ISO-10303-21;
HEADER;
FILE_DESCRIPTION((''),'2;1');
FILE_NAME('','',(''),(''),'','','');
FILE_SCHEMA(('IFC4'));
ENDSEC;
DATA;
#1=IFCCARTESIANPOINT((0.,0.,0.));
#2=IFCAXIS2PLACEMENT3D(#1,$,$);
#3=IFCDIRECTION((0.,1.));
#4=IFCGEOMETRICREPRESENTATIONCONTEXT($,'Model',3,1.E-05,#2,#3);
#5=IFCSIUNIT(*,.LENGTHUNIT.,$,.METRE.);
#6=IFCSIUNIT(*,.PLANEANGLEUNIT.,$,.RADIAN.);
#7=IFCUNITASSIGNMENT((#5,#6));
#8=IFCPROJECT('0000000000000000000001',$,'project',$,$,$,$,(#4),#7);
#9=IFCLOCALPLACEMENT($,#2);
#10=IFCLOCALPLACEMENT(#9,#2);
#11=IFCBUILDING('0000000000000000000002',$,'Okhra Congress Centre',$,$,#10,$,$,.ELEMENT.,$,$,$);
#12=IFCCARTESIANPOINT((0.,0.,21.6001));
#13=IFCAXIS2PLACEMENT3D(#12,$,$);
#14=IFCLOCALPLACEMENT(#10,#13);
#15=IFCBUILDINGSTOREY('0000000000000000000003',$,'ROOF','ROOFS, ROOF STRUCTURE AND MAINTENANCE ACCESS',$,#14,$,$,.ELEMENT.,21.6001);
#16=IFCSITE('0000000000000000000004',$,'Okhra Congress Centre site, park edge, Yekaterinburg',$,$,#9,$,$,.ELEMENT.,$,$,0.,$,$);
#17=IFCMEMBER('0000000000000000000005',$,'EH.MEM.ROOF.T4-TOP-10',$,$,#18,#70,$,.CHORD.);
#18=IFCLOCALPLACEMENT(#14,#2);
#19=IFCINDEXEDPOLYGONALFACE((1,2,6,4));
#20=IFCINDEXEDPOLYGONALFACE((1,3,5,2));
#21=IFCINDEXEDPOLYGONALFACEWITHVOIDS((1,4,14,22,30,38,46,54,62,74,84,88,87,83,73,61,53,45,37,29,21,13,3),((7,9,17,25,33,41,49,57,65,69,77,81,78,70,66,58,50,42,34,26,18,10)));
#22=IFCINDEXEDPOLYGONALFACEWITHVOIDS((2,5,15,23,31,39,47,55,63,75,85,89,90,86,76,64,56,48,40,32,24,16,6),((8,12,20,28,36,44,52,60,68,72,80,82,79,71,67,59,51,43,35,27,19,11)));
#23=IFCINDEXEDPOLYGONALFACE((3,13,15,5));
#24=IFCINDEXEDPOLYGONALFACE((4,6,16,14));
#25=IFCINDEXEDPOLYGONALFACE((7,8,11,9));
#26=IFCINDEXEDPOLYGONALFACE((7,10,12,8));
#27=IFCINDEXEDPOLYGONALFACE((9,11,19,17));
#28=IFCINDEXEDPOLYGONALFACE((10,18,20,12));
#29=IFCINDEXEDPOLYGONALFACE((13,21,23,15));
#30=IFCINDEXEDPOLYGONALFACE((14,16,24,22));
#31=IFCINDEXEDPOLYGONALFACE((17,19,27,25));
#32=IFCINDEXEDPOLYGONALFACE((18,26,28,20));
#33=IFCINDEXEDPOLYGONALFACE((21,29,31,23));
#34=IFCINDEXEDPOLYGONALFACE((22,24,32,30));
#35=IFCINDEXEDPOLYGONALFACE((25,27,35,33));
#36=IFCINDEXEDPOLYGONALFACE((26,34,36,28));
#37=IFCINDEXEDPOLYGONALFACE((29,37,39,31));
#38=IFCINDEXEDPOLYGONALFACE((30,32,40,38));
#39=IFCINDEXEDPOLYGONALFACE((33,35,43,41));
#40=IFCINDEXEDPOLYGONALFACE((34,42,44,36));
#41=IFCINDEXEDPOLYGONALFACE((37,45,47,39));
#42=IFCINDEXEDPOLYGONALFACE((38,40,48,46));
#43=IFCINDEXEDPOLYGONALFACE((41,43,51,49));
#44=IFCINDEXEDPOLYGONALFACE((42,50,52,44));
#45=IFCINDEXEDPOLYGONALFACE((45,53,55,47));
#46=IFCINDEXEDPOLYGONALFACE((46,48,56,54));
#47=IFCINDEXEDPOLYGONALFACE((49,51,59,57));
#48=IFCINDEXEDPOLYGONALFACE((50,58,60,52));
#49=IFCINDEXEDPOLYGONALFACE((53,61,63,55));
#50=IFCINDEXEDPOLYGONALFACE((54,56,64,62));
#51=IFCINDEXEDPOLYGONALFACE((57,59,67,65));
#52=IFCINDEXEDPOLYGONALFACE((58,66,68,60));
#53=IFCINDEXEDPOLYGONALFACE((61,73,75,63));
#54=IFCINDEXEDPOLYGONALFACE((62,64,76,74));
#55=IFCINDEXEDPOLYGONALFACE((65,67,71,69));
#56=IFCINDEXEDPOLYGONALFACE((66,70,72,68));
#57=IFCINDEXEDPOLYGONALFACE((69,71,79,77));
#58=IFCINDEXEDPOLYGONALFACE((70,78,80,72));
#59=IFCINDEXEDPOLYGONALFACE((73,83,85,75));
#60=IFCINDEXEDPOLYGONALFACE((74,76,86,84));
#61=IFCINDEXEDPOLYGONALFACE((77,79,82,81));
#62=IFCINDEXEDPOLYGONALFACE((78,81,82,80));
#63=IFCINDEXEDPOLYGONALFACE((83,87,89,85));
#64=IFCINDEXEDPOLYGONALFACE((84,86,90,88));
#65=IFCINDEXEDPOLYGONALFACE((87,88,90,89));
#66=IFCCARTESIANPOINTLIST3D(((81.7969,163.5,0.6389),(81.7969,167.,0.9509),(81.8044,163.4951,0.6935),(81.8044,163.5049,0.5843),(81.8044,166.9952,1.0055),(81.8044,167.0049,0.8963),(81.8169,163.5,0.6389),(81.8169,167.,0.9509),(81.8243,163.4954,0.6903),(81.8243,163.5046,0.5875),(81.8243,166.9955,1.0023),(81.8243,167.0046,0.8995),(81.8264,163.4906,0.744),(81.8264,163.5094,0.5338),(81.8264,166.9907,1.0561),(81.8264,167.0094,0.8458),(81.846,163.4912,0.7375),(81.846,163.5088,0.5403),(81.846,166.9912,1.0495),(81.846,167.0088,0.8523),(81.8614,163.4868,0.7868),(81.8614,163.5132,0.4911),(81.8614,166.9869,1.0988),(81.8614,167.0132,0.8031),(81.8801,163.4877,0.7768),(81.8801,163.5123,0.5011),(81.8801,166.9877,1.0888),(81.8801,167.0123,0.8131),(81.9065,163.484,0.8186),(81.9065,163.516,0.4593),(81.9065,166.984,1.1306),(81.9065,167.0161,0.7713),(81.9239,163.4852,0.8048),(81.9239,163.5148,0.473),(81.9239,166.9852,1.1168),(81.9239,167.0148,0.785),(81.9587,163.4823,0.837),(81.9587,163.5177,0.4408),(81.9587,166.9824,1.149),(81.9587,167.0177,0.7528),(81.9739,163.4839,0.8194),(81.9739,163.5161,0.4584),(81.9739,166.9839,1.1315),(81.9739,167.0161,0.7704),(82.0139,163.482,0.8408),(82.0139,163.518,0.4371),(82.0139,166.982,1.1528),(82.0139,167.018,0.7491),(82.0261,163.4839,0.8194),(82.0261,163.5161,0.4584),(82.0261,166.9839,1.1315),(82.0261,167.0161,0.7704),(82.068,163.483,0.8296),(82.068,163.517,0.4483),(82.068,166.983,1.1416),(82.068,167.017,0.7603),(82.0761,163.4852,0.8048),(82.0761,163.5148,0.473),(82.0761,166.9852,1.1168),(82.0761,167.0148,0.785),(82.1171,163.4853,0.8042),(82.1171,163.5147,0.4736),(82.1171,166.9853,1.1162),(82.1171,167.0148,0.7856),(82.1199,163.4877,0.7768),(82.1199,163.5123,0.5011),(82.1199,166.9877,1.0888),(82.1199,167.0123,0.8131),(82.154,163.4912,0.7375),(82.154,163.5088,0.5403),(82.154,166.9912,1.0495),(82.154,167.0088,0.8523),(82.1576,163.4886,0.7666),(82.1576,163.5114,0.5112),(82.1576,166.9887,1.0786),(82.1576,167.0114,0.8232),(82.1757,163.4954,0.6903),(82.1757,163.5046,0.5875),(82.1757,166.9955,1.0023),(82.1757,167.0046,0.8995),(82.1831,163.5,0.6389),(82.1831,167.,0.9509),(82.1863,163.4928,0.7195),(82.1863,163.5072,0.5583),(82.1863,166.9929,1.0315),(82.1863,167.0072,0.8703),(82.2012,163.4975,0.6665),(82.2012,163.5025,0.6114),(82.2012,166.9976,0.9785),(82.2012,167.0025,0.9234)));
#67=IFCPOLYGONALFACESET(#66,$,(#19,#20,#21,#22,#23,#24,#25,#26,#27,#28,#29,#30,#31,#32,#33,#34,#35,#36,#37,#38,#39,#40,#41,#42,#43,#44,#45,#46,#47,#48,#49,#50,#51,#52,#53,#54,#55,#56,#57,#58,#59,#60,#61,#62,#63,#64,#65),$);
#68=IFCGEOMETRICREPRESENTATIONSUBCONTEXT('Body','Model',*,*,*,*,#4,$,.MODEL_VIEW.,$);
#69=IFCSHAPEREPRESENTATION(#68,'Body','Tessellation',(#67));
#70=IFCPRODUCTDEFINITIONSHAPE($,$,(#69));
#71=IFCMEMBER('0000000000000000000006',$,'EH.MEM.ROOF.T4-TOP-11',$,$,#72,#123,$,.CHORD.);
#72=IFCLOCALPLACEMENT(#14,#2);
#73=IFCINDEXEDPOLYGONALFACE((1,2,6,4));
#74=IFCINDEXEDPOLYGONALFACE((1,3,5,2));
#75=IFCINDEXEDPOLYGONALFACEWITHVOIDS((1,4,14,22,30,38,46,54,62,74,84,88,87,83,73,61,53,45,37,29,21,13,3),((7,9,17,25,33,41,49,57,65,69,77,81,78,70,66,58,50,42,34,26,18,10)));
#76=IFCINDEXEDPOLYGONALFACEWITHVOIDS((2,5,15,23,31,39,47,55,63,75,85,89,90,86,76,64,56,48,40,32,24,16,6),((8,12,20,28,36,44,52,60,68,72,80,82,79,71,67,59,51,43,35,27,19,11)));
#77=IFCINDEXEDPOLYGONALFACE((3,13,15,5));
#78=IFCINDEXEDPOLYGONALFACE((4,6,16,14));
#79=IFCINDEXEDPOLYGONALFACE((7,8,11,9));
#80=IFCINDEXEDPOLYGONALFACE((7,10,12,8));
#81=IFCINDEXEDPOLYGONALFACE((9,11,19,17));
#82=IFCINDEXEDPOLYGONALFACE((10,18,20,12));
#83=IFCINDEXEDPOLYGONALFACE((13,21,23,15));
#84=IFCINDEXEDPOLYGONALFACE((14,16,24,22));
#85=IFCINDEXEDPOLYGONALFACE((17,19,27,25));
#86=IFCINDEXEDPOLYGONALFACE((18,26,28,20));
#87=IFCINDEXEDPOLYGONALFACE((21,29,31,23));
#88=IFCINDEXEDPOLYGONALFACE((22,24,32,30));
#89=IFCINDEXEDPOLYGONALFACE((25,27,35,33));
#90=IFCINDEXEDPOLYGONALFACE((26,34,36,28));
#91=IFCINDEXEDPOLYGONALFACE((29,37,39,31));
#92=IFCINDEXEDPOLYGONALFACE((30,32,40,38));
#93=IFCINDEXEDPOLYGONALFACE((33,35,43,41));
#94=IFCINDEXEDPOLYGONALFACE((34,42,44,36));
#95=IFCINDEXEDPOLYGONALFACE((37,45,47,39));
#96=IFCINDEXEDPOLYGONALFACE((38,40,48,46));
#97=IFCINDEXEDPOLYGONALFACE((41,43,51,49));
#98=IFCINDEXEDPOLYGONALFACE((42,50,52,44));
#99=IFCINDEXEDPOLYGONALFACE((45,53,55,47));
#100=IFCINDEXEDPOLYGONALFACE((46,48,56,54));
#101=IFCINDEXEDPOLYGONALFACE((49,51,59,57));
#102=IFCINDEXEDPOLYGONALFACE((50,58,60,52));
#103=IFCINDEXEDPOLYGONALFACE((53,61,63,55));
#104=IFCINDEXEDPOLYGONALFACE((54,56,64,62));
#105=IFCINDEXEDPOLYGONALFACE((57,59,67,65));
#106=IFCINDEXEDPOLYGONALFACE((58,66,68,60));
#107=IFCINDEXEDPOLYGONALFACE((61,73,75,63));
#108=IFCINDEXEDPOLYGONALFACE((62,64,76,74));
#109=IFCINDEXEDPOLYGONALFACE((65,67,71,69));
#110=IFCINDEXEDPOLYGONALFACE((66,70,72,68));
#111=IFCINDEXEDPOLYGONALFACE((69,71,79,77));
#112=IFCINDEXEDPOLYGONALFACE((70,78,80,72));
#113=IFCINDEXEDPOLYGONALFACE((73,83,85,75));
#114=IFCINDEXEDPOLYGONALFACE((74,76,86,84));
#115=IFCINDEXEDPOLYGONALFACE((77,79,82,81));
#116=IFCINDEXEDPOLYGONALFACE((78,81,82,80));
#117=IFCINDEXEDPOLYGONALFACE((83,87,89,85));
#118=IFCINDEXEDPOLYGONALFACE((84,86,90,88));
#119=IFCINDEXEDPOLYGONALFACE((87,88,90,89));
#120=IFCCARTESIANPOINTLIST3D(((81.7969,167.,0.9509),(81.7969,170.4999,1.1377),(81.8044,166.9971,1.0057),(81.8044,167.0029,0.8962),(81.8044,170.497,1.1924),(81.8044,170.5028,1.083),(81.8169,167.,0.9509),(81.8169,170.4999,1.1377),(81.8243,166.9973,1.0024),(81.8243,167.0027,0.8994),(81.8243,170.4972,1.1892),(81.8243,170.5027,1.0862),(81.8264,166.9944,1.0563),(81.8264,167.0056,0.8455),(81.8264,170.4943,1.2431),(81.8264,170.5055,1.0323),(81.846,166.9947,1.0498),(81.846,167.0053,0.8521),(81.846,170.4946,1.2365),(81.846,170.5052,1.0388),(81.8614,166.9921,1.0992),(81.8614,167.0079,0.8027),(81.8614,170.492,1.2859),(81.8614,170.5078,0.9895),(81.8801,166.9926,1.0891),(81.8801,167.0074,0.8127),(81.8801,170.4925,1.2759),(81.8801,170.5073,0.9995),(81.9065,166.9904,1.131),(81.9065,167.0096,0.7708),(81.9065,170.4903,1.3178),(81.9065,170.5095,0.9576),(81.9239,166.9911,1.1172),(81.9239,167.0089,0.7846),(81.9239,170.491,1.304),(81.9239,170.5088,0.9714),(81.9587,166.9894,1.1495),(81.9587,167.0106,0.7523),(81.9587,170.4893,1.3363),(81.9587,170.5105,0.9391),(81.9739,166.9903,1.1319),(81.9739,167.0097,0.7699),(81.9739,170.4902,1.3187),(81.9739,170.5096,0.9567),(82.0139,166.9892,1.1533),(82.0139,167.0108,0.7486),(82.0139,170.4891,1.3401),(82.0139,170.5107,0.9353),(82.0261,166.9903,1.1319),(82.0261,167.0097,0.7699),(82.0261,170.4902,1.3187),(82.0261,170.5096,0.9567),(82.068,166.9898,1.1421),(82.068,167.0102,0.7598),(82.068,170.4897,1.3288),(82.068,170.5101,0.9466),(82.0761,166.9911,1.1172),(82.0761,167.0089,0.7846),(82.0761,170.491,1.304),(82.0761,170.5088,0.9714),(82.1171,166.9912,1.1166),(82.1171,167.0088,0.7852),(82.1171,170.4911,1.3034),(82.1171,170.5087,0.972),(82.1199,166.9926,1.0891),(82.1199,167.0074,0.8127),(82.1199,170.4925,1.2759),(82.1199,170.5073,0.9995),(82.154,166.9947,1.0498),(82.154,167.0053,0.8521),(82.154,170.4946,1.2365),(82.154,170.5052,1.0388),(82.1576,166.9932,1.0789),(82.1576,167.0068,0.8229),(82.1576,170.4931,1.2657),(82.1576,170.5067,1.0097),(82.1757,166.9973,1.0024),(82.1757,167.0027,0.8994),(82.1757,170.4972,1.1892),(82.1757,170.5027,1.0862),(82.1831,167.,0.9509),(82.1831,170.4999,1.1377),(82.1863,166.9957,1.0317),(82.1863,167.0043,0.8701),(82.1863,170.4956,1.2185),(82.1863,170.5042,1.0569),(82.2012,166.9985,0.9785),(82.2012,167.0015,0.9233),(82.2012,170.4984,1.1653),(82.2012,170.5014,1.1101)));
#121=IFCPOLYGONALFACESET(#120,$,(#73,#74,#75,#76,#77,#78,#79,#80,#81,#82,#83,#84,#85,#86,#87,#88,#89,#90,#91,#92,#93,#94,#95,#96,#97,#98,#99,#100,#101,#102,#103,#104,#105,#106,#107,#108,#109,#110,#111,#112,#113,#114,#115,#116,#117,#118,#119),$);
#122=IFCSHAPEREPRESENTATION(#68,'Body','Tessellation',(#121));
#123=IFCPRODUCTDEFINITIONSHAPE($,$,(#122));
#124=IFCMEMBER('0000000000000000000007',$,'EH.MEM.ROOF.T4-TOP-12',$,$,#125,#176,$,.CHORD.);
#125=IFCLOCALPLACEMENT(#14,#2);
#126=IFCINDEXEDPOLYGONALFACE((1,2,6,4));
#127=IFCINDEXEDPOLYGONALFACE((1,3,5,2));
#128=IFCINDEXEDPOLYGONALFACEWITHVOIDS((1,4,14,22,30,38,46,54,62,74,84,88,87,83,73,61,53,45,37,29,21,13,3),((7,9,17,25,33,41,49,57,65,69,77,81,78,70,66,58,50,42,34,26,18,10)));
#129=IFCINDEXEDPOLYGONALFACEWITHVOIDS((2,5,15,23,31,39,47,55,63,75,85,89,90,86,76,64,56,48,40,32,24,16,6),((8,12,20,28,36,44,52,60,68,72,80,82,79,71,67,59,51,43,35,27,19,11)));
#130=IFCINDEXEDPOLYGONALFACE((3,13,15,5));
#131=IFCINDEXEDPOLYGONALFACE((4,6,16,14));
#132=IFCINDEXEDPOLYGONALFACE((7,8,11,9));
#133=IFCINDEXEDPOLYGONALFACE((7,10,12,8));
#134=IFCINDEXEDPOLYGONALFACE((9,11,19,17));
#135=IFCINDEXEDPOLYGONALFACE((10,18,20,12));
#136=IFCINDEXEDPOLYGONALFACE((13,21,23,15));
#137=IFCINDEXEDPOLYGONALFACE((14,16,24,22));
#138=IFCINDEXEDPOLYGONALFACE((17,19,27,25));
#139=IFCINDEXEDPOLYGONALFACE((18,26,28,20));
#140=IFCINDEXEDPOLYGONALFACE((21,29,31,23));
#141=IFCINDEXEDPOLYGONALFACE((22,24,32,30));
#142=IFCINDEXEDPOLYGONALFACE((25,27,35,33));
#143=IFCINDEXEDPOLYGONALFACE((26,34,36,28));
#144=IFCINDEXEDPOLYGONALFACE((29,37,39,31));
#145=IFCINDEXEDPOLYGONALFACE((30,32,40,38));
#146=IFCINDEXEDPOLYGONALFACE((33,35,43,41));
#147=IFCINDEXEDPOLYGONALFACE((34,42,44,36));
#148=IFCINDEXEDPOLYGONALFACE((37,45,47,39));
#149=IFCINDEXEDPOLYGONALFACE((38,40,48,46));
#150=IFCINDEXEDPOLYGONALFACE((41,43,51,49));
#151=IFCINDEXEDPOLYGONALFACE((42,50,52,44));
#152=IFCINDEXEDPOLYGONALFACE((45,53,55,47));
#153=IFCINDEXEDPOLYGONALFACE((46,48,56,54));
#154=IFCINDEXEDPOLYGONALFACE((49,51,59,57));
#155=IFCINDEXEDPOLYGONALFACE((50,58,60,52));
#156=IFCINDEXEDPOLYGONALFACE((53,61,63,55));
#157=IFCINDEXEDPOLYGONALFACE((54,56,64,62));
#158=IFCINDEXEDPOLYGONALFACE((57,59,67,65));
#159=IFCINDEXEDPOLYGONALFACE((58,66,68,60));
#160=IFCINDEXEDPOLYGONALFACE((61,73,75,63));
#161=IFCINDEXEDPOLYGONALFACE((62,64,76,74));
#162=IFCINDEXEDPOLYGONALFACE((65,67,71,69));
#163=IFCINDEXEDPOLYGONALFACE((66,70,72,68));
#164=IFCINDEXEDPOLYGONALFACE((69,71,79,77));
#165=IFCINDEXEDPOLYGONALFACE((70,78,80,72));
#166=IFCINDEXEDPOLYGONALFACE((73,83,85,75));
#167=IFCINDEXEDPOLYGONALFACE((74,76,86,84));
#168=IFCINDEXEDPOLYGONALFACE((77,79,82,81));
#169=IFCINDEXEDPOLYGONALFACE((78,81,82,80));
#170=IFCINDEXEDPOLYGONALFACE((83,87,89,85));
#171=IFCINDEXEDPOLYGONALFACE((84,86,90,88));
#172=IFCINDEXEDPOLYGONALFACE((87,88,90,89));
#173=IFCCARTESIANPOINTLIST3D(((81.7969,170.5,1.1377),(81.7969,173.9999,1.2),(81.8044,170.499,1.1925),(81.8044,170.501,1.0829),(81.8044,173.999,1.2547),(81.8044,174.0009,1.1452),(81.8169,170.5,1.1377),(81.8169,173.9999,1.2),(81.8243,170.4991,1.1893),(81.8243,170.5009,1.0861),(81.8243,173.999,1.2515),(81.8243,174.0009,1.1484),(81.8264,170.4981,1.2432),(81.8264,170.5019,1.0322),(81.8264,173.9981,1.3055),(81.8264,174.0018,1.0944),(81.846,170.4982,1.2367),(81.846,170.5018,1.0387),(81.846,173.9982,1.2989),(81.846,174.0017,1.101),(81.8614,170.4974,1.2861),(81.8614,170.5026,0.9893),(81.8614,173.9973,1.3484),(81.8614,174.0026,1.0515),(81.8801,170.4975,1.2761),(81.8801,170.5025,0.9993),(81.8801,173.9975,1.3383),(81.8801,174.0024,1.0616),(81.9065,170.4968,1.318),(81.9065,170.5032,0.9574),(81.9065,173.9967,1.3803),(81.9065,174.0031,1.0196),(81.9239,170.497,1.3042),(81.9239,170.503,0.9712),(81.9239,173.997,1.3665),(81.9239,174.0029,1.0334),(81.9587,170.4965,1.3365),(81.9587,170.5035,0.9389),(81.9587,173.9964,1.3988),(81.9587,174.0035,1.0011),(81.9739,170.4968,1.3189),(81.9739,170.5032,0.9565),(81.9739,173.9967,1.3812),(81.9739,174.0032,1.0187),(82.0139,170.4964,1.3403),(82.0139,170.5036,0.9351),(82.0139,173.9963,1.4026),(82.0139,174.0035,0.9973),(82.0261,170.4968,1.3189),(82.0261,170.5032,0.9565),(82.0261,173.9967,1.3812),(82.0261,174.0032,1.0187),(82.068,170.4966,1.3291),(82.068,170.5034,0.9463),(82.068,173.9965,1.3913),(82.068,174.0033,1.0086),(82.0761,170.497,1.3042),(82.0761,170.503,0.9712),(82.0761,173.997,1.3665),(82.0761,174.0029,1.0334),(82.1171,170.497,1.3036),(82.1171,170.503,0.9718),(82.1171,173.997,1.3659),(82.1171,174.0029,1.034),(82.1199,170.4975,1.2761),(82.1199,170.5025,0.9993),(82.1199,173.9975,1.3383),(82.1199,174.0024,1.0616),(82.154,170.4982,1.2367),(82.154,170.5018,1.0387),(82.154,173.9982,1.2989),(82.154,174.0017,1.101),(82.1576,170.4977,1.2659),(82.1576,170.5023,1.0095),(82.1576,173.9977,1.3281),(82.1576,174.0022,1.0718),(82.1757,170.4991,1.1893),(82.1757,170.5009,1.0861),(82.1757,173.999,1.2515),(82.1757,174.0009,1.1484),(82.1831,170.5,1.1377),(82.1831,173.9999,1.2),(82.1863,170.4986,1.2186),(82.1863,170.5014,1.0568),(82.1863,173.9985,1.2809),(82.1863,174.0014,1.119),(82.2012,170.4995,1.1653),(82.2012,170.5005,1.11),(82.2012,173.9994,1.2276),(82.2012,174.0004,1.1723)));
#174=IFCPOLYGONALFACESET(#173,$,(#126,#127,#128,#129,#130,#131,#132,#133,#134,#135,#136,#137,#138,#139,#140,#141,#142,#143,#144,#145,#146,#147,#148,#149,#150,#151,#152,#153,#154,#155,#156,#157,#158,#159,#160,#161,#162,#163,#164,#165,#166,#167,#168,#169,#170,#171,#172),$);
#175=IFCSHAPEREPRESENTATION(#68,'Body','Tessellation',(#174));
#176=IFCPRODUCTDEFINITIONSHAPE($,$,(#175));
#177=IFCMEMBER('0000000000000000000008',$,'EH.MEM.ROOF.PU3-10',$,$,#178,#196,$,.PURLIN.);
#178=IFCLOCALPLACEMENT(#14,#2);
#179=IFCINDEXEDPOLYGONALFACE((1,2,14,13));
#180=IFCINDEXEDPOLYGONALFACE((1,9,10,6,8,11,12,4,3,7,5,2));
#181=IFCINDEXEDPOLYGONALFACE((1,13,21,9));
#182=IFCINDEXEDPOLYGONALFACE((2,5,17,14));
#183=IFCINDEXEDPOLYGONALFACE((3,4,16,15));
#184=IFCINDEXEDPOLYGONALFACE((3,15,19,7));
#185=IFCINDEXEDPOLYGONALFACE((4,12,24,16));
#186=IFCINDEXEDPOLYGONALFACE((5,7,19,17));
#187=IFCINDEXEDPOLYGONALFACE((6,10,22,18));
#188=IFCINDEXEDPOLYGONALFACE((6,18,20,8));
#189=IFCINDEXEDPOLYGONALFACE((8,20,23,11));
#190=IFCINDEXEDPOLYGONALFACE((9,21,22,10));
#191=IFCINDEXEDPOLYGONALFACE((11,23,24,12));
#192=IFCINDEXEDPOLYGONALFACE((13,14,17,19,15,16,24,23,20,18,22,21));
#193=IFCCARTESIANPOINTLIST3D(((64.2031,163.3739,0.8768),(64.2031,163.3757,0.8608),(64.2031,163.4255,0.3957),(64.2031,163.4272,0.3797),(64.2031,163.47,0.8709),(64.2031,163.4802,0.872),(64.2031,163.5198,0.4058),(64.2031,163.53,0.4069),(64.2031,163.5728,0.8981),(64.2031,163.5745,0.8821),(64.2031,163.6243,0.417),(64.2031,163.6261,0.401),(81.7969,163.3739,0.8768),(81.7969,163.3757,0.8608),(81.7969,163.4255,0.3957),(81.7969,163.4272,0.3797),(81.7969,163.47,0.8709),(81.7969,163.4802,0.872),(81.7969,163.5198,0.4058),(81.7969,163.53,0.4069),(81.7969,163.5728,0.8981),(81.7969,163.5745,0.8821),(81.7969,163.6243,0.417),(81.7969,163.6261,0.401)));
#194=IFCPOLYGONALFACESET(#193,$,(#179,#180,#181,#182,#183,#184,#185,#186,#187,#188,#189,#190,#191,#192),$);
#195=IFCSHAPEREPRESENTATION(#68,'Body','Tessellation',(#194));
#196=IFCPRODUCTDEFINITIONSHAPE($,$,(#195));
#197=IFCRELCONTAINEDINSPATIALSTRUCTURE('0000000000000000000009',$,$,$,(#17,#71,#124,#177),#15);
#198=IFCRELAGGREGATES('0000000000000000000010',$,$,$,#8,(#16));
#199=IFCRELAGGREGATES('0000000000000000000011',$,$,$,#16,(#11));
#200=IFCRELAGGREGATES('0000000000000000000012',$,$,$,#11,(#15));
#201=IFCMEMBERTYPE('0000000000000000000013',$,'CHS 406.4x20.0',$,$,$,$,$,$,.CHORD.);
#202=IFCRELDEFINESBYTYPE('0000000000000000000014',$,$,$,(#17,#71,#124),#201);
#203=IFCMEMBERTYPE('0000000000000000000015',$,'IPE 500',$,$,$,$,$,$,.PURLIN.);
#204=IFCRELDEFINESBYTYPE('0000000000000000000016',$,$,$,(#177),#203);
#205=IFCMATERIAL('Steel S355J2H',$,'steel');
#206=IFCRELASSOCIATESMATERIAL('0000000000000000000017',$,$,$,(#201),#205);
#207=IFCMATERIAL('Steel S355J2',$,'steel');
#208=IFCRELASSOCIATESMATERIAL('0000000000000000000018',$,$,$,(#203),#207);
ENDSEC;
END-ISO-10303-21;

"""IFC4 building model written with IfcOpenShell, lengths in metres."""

from ifc_helpers import new_model, si_unit, direction, frame, origin, origin_2d, place, context, subcontext, project, spatial, hollow_circle, i_section, extrude, material, material_profile, profile_set, type_object, element, save


model = new_model("IFC4")

# Units and contexts
model_context = context("Model", 3, precision=1e-05, world=origin(), true_north=direction((0.0, 1.0)))
body_context = subcontext(model_context, "Body", "Model", "MODEL_VIEW")
ifc_project = project(units=[si_unit("LENGTHUNIT", "METRE"), si_unit("PLANEANGLEUNIT", "RADIAN")], contexts=[model_context])

# Site, building, storey
site_placement = place(None, origin())
site = spatial("IfcSite", under=ifc_project, at=site_placement, Name="Okhra Congress Centre site, park edge, Yekaterinburg", CompositionType="ELEMENT", RefElevation=0.0)
building_placement = place(site_placement, origin())
building = spatial("IfcBuilding", under=site, at=building_placement, Name="Okhra Congress Centre", CompositionType="ELEMENT")
storey_placement = place(building_placement, frame((0.0, 0.0, 21.6001)))
storey = spatial("IfcBuildingStorey", under=building, at=storey_placement, Name="ROOF", Description="ROOFS, ROOF STRUCTURE AND MAINTENANCE ACCESS", CompositionType="ELEMENT", Elevation=21.6001)

# Members
ifc_material_1 = material(Name="Steel S355J2H", Category="steel")
ifc_material_profile_1 = material_profile(ifc_material_1, hollow_circle(Radius=0.2031, WallThickness=0.02, at=origin_2d()), Name="CHS 406.4x20.0")
ifc_profile_set_1 = profile_set([ifc_material_profile_1], Name="Steel S355J2H")
member_type_1 = type_object("IfcMemberType", Name="CHS 406.4x20.0", PredefinedType="CHORD", material=ifc_profile_set_1)
member_1_placement = place(storey_placement, frame((82.0, 163.5, 0.6389), z_axis=(0.0, 0.99605, 0.088794), x_axis=(-1.0, 0.0, 0.0)))
element("IfcMember", 1, at=member_1_placement, inside=storey, type_object=member_type_1, Name="EH.MEM.ROOF.T4-TOP-10", PredefinedType="CHORD", context=body_context, shape_type="SweptSolid", body=[
    extrude(hollow_circle(Radius=0.2031, WallThickness=0.02, at=origin_2d()), origin(), (0.0, 0.0, 1.0), 3.5139),
])
member_2_placement = place(storey_placement, frame((82.0, 167.0, 0.9509), z_axis=(0.0, 0.998579, 0.053286), x_axis=(-1.0, 0.0, 0.0)))
element("IfcMember", 2, at=member_2_placement, inside=storey, type_object=member_type_1, Name="EH.MEM.ROOF.T4-TOP-11", PredefinedType="CHORD", context=body_context, shape_type="SweptSolid", body=[
    extrude(hollow_circle(Radius=0.2031, WallThickness=0.02, at=origin_2d()), origin(), (0.0, 0.0, 1.0), 3.5049),
])
member_3_placement = place(storey_placement, frame((82.0, 170.5, 1.1377), z_axis=(0.0, 0.999842, 0.017785), x_axis=(-1.0, 0.0, 0.0)))
element("IfcMember", 3, at=member_3_placement, inside=storey, type_object=member_type_1, Name="EH.MEM.ROOF.T4-TOP-12", PredefinedType="CHORD", context=body_context, shape_type="SweptSolid", body=[
    extrude(hollow_circle(Radius=0.2031, WallThickness=0.02, at=origin_2d()), origin(), (0.0, 0.0, 1.0), 3.5005),
])
ifc_material_2 = material(Name="Steel S355J2", Category="steel")
ifc_material_profile_2 = material_profile(ifc_material_2, i_section(OverallWidth=0.2, OverallDepth=0.5, WebThickness=0.0103, FlangeThickness=0.0161, at=origin_2d()), Name="IPE 500")
ifc_profile_set_2 = profile_set([ifc_material_profile_2], Name="Steel S355J2")
member_type_2 = type_object("IfcMemberType", Name="IPE 500", PredefinedType="PURLIN", material=ifc_profile_set_2)
for number, where, z_axis, x_axis, name in (
    (4, (64.2031, 163.5, 0.6389), (1.0, 0.0, 0.0), (0.0, 0.994302, 0.106601), "EH.MEM.ROOF.PU3-10"),
):
    element("IfcMember", number, at=place(storey_placement, frame(where, z_axis=z_axis, x_axis=x_axis)), inside=storey, type_object=member_type_2, Name=name, PredefinedType="PURLIN", context=body_context, shape_type="SweptSolid", body=[
        extrude(i_section(OverallWidth=0.2, OverallDepth=0.5, WebThickness=0.0103, FlangeThickness=0.0161, at=origin_2d()), origin(), (0.0, 0.0, 1.0), 17.5938),
    ])

save(model, "model.ifc")
